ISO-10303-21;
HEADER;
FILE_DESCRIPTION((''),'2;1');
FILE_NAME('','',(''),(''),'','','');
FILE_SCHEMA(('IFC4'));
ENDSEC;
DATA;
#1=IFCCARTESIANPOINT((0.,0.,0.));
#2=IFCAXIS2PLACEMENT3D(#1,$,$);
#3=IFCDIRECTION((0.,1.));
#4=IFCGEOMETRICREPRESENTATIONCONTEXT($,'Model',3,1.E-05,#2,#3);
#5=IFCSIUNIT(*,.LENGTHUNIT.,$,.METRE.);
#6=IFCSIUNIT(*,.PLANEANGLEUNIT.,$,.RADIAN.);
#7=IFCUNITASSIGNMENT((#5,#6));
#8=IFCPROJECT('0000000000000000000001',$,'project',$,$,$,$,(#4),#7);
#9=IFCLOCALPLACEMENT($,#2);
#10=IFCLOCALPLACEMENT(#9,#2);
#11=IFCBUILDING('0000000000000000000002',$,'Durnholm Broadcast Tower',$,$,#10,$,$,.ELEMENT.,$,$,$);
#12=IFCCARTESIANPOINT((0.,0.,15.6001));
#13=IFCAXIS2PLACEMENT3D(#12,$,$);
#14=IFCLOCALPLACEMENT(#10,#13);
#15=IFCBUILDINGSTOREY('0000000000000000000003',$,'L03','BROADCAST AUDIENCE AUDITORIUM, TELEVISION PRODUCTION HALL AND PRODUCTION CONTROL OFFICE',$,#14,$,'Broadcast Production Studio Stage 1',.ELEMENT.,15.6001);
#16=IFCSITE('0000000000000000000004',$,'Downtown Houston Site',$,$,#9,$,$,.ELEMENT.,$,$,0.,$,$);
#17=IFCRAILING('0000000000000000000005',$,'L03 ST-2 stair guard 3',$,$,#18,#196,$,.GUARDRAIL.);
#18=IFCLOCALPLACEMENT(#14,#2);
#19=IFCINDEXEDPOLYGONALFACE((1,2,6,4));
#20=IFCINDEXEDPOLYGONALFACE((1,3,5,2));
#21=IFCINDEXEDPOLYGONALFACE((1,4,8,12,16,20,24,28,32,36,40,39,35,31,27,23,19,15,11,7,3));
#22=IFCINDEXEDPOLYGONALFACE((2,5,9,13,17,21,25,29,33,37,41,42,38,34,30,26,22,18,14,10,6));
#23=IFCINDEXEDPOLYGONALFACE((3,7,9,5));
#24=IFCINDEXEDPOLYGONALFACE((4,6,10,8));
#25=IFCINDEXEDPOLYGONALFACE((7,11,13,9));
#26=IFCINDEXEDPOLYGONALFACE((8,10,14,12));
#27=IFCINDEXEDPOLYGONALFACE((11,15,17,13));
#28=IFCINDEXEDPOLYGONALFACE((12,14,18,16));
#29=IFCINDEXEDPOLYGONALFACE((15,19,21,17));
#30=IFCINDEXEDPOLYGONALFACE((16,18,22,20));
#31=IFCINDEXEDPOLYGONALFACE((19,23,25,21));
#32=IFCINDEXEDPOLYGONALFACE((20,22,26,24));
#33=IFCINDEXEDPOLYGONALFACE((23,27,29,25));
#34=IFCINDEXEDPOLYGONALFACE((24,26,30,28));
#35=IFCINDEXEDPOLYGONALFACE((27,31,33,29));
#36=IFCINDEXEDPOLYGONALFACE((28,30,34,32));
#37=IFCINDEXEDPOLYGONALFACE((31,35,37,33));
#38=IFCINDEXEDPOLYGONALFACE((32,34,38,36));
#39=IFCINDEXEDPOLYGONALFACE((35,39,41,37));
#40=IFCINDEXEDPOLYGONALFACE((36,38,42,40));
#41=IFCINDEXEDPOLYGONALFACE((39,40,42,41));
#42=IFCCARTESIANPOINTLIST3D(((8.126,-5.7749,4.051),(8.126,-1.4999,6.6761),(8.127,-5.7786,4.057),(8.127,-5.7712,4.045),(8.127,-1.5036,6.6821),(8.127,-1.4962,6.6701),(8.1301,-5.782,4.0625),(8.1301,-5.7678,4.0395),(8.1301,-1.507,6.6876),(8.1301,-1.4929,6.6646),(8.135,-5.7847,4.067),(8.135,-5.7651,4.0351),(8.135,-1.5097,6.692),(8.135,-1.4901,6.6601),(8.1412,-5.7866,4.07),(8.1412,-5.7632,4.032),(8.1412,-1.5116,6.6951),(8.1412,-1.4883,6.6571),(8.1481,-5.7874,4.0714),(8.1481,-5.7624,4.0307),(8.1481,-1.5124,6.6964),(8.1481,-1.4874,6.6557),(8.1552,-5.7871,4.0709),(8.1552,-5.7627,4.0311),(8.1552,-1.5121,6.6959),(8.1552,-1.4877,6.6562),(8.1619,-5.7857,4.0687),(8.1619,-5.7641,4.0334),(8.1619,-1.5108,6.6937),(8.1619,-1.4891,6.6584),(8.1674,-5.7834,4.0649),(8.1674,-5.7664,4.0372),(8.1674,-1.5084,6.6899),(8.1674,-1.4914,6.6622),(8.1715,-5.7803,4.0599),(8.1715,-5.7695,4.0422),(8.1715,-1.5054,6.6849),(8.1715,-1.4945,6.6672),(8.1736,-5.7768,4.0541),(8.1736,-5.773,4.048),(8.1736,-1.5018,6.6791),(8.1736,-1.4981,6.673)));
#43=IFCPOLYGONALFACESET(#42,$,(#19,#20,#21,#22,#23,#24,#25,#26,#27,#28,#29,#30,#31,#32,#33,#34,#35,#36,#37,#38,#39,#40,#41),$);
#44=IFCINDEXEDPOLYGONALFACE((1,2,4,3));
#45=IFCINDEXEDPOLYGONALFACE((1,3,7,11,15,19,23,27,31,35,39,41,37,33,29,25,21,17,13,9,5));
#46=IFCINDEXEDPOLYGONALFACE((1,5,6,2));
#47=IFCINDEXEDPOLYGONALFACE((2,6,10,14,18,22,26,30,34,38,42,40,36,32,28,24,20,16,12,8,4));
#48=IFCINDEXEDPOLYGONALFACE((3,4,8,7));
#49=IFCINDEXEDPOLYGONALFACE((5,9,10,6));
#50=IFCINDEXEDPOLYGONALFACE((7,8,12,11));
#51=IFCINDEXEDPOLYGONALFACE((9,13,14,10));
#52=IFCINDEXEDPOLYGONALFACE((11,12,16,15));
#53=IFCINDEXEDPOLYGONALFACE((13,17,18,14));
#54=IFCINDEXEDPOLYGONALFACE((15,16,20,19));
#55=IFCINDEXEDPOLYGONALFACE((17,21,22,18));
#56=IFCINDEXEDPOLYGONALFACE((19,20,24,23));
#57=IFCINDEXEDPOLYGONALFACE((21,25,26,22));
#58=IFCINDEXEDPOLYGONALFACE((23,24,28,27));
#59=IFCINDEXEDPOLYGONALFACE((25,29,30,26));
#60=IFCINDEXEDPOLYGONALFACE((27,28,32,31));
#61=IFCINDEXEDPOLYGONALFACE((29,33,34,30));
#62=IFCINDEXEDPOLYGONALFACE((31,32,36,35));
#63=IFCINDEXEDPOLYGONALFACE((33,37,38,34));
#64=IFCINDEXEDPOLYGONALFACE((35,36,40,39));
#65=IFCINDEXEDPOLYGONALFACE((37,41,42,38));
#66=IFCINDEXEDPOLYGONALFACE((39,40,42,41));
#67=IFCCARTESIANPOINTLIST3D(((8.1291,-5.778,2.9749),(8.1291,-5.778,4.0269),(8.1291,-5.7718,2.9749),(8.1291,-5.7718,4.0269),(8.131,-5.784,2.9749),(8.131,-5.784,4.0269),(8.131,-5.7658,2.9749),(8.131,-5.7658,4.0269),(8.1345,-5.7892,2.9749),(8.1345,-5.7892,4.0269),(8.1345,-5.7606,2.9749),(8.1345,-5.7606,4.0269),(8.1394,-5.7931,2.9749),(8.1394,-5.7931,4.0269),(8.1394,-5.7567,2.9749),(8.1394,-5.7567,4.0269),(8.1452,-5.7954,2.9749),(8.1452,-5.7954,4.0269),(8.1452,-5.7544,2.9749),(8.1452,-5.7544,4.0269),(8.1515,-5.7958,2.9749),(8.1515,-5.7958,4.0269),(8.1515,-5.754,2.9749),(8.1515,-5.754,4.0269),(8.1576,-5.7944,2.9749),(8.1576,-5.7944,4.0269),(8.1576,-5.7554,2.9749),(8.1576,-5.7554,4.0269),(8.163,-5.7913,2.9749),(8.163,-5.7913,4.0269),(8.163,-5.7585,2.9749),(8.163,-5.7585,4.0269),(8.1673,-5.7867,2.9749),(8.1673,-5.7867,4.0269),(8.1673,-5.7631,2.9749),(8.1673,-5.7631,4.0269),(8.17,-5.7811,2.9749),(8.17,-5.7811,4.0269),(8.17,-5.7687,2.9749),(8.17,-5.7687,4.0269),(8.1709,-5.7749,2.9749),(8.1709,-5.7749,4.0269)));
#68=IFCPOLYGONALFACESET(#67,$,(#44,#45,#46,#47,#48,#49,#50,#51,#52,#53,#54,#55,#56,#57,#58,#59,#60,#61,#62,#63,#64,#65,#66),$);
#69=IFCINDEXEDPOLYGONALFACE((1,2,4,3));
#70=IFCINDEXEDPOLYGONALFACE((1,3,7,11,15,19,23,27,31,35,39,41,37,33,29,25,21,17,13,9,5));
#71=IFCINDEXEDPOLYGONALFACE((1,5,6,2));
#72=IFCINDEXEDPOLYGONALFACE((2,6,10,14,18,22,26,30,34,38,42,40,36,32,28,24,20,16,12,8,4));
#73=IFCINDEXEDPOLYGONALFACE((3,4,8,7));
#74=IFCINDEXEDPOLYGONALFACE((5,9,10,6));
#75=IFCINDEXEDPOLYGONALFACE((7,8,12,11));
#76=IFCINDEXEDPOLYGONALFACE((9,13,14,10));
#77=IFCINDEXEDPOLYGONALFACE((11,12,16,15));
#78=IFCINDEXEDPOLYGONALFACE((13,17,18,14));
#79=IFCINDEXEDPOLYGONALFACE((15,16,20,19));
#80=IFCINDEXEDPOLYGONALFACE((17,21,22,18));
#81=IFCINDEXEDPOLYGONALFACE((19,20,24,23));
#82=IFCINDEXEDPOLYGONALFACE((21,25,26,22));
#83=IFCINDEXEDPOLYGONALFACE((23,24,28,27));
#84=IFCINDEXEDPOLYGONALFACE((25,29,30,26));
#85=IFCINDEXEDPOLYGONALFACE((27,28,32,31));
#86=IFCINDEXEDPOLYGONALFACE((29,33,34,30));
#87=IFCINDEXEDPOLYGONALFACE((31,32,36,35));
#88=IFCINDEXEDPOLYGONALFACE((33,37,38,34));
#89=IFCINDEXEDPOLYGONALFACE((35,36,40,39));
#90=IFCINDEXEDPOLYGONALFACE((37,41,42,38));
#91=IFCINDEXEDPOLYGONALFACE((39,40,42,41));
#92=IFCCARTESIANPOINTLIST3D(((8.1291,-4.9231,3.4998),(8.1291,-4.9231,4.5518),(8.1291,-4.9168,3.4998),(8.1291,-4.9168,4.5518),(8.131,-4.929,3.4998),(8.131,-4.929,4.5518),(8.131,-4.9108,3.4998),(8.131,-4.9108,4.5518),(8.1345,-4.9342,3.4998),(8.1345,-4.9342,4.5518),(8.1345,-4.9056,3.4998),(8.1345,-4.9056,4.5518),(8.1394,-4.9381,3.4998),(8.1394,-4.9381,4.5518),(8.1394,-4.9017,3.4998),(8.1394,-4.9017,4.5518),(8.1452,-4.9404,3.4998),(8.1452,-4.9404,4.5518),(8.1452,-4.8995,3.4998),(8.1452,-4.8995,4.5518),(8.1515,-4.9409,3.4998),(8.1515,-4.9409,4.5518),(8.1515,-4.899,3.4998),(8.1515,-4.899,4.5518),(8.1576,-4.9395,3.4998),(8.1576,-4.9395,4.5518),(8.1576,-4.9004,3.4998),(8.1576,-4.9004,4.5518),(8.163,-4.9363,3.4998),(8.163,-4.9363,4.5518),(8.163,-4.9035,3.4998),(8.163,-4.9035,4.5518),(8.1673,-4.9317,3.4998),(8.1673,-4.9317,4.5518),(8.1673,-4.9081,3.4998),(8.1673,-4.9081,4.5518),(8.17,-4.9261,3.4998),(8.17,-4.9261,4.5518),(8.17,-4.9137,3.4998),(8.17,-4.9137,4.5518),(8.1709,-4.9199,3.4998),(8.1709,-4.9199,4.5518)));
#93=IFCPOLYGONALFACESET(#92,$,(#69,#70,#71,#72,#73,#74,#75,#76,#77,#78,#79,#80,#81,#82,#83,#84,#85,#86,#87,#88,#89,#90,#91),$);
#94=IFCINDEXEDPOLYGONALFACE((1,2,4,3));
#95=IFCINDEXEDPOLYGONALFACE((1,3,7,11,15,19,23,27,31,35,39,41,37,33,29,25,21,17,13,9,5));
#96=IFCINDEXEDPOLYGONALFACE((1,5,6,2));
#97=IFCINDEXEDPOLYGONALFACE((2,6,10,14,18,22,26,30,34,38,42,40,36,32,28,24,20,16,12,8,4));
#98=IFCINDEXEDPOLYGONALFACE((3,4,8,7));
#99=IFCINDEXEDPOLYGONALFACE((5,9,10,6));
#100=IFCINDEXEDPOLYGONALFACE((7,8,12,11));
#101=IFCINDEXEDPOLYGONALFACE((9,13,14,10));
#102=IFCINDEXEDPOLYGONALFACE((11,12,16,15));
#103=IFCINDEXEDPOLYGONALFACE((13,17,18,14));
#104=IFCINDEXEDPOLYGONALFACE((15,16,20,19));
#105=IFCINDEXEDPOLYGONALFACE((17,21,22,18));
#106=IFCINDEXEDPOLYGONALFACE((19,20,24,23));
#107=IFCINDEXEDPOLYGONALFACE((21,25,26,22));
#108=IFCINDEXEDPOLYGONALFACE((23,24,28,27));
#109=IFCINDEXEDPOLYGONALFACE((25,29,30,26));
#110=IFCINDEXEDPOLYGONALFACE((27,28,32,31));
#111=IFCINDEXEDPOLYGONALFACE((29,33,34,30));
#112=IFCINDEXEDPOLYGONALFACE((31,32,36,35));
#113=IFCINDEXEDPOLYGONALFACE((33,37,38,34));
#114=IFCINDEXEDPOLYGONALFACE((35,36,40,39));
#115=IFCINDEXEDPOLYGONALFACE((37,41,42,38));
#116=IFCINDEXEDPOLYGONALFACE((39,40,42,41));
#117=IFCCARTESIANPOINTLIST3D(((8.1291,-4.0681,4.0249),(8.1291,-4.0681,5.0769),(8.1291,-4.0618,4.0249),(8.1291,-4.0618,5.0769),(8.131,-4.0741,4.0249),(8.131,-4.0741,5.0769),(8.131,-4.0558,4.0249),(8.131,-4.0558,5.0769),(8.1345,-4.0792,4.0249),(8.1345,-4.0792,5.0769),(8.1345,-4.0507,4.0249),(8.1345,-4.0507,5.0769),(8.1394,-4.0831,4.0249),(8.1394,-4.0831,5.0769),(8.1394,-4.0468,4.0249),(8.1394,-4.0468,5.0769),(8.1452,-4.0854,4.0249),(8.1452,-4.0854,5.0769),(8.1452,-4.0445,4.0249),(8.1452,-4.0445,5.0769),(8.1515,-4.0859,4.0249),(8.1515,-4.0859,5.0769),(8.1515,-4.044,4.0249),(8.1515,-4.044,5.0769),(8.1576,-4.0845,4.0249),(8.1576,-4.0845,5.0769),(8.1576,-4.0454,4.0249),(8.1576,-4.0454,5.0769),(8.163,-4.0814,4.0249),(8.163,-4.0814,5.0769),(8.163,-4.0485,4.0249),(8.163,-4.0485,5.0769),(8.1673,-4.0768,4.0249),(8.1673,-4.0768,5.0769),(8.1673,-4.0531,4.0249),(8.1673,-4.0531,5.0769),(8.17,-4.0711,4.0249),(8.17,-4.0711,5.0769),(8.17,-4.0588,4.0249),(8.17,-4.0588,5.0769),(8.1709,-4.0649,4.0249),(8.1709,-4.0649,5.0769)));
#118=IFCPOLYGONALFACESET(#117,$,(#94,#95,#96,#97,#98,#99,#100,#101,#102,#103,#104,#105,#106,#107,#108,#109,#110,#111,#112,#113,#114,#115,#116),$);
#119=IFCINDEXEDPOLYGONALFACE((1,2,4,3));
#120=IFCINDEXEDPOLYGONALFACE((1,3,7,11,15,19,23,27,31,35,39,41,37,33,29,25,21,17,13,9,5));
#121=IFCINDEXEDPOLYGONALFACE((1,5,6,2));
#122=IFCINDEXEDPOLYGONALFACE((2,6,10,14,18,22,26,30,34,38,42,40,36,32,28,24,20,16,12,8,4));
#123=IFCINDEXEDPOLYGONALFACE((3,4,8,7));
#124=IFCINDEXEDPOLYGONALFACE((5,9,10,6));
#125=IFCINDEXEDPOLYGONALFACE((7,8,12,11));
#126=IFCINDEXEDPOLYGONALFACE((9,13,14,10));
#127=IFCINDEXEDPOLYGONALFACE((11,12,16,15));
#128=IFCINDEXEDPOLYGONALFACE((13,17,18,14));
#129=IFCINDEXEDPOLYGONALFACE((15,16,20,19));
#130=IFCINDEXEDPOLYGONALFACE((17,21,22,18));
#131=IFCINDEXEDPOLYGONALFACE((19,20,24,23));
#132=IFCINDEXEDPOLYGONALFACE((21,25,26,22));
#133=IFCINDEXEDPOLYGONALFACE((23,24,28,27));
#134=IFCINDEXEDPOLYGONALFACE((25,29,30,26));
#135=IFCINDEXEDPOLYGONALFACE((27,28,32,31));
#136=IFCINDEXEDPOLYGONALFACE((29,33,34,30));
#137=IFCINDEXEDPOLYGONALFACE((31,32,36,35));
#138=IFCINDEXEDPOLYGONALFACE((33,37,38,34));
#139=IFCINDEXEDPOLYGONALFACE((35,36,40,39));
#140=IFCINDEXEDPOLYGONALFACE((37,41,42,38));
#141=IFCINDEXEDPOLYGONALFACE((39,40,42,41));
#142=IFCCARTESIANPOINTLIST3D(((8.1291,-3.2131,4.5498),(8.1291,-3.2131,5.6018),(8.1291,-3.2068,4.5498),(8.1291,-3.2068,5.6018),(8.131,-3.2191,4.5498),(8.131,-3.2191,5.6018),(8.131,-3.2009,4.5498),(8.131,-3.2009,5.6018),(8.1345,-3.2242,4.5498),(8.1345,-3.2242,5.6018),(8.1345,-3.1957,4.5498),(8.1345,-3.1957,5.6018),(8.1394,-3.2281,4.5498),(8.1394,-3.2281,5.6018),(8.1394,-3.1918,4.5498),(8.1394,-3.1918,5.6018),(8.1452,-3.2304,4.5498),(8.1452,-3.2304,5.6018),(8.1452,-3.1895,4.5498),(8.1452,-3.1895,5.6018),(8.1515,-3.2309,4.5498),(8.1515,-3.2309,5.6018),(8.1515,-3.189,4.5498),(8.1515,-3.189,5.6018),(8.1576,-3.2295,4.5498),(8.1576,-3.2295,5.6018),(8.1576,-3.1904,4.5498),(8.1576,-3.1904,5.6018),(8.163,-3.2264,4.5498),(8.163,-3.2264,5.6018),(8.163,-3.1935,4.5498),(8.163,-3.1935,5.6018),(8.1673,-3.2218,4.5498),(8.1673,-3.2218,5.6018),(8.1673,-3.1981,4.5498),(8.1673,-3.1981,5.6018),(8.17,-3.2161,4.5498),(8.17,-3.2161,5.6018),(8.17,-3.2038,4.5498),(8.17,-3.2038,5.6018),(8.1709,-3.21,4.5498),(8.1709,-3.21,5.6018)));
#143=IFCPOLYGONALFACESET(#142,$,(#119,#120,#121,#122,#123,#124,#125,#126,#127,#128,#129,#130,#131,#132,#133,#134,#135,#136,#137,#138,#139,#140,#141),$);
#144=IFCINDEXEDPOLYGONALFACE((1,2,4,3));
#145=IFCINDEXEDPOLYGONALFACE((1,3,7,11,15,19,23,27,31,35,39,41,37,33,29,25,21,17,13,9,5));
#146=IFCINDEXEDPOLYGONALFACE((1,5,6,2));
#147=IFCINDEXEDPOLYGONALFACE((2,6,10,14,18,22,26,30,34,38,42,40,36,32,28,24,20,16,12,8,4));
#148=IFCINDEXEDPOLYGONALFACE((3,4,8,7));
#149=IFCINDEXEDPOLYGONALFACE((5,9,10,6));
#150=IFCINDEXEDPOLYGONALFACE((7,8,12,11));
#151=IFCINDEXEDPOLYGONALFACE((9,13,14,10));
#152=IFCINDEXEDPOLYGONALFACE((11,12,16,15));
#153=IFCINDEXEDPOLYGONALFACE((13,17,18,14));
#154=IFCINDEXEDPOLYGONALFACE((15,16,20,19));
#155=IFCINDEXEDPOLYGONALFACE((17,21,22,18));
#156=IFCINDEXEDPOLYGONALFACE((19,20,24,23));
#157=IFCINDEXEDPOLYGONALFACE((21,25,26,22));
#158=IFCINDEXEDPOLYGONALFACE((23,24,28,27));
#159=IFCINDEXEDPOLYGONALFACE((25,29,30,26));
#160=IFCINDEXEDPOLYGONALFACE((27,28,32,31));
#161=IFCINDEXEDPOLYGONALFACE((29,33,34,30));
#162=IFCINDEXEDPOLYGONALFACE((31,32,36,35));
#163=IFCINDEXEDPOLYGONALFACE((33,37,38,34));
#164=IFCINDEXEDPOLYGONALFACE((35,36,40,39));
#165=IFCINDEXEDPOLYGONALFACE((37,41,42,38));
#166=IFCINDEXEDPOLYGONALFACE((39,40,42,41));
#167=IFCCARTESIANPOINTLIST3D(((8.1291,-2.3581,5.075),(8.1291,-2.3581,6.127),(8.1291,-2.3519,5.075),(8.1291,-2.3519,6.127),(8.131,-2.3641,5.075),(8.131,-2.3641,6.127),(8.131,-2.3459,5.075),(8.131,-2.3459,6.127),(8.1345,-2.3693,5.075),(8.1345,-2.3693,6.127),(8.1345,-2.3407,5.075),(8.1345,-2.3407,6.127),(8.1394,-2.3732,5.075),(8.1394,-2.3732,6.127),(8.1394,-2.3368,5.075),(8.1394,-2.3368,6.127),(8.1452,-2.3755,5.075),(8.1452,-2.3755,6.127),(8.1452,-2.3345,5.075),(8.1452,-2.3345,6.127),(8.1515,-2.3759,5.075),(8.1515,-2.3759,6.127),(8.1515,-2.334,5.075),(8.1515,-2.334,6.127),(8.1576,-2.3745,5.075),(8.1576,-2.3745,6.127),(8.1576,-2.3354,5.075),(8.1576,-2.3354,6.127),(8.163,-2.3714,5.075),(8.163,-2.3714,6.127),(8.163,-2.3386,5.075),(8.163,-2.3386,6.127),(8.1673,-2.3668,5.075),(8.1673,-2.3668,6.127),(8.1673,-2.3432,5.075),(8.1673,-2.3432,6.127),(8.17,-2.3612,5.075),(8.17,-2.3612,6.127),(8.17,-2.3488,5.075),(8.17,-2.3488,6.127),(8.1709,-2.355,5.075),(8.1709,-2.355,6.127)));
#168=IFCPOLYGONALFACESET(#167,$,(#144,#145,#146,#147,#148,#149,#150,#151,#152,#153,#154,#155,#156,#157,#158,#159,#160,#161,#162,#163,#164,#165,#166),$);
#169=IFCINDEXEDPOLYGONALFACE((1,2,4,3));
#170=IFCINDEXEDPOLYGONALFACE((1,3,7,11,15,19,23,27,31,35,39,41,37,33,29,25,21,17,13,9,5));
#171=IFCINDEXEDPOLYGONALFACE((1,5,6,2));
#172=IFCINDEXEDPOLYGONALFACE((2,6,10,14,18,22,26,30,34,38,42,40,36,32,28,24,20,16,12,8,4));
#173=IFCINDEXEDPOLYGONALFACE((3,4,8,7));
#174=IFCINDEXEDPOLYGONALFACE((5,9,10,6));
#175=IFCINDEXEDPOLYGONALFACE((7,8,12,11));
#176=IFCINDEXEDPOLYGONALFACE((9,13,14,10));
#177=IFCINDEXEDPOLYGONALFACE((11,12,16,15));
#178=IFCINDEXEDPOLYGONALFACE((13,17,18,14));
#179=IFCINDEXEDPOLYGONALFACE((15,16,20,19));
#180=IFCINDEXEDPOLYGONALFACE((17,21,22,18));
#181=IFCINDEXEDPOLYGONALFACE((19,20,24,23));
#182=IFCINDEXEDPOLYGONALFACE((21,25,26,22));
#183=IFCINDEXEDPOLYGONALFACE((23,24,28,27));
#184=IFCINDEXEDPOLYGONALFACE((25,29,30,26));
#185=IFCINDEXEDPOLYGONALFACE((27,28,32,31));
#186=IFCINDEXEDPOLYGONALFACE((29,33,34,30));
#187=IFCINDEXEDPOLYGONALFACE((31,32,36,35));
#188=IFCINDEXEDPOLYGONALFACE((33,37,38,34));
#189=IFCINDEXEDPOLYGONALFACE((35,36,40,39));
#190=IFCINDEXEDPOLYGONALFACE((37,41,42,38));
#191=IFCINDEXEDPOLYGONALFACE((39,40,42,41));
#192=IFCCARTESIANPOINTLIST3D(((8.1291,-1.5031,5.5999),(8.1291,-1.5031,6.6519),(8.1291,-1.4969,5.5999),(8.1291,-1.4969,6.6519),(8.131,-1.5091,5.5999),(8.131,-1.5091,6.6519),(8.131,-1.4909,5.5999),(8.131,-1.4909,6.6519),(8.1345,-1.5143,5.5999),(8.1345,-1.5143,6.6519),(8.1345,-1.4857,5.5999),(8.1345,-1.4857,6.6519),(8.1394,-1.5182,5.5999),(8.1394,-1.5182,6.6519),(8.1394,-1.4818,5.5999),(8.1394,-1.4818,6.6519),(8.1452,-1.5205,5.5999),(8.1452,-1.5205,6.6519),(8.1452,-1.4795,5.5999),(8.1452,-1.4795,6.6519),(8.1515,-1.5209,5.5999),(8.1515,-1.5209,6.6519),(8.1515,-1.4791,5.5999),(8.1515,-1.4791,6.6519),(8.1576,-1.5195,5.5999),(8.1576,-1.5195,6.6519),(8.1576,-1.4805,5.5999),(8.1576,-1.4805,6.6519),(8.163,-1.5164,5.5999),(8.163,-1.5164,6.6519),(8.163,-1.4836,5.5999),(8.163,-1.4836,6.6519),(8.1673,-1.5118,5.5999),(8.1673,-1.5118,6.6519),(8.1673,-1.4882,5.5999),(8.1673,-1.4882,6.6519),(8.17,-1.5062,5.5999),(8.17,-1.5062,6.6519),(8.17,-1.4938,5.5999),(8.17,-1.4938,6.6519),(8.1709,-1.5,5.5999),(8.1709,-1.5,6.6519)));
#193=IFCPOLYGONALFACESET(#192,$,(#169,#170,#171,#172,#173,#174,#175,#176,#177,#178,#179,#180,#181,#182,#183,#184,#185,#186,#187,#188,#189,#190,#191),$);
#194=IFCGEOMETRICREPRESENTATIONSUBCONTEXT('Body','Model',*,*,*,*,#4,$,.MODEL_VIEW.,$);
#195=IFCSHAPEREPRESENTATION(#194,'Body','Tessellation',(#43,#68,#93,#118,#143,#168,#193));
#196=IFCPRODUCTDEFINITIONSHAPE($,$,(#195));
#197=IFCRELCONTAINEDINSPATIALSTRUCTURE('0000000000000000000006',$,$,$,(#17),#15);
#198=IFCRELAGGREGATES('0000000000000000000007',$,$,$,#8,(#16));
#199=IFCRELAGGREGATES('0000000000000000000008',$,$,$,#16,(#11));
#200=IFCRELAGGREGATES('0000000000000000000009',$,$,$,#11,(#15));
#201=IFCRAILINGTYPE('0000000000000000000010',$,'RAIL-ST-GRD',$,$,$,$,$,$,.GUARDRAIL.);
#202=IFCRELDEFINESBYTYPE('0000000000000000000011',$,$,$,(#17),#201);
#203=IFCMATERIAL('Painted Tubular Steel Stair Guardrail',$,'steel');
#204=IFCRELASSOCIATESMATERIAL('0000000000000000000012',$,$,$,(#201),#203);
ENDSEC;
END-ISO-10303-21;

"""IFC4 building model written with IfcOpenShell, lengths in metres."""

from ifc_helpers import new_model, si_unit, direction, frame, origin, origin_2d, place, context, subcontext, project, spatial, circle, extrude, material, type_object, element, save


model = new_model("IFC4")

# Units and contexts
model_context = context("Model", 3, precision=1e-05, world=origin(), true_north=direction((0.0, 1.0)))
body_context = subcontext(model_context, "Body", "Model", "MODEL_VIEW")
ifc_project = project(units=[si_unit("LENGTHUNIT", "METRE"), si_unit("PLANEANGLEUNIT", "RADIAN")], contexts=[model_context])

# Site, building, storey
site_placement = place(None, origin())
site = spatial("IfcSite", under=ifc_project, at=site_placement, Name="Downtown Houston Site", CompositionType="ELEMENT", RefElevation=0.0)
building_placement = place(site_placement, origin())
building = spatial("IfcBuilding", under=site, at=building_placement, Name="Durnholm Broadcast Tower", CompositionType="ELEMENT")
storey_placement = place(building_placement, frame((0.0, 0.0, 15.6001)))
storey = spatial("IfcBuildingStorey", under=building, at=storey_placement, Name="L03", Description="BROADCAST AUDIENCE AUDITORIUM, TELEVISION PRODUCTION HALL AND PRODUCTION CONTROL OFFICE", LongName="Broadcast Production Studio Stage 1", CompositionType="ELEMENT", Elevation=15.6001)

# Railing
ifc_material_1 = material(Name="Painted Tubular Steel Stair Guardrail", Category="steel")
railing_type_1 = type_object("IfcRailingType", Name="RAIL-ST-GRD", PredefinedType="GUARDRAIL", material=ifc_material_1)
railing_1_placement = place(storey_placement, frame((8.1499, -5.7749, 2.9749)))
element("IfcRailing", 1, at=railing_1_placement, inside=storey, type_object=railing_type_1, Name="L03 ST-2 stair guard 3", PredefinedType="GUARDRAIL", context=body_context, shape_type="SweptSolid", body=[
    extrude(circle(Radius=0.0239, at=origin_2d()), frame((0.0, 0.0, 1.0762), z_axis=(0.0, 0.852166, 0.523272), x_axis=(-1.0, 0.0, 0.0)), (0.0, 0.0, 1.0), 5.0166),
    extrude(circle(Radius=0.021, at=origin_2d()), origin(), (0.0, 0.0, 1.0), 1.052),
    extrude(circle(Radius=0.021, at=origin_2d()), frame((0.0, 0.855, 0.5249)), (0.0, 0.0, 1.0), 1.052),
    extrude(circle(Radius=0.021, at=origin_2d()), frame((0.0, 1.71, 1.05)), (0.0, 0.0, 1.0), 1.052),
    extrude(circle(Radius=0.021, at=origin_2d()), frame((0.0, 2.5649, 1.575)), (0.0, 0.0, 1.0), 1.052),
    extrude(circle(Radius=0.021, at=origin_2d()), frame((0.0, 3.4199, 2.1001)), (0.0, 0.0, 1.0), 1.052),
    extrude(circle(Radius=0.021, at=origin_2d()), frame((0.0, 4.2749, 2.625)), (0.0, 0.0, 1.0), 1.052),
])

save(model, "model.ifc")
